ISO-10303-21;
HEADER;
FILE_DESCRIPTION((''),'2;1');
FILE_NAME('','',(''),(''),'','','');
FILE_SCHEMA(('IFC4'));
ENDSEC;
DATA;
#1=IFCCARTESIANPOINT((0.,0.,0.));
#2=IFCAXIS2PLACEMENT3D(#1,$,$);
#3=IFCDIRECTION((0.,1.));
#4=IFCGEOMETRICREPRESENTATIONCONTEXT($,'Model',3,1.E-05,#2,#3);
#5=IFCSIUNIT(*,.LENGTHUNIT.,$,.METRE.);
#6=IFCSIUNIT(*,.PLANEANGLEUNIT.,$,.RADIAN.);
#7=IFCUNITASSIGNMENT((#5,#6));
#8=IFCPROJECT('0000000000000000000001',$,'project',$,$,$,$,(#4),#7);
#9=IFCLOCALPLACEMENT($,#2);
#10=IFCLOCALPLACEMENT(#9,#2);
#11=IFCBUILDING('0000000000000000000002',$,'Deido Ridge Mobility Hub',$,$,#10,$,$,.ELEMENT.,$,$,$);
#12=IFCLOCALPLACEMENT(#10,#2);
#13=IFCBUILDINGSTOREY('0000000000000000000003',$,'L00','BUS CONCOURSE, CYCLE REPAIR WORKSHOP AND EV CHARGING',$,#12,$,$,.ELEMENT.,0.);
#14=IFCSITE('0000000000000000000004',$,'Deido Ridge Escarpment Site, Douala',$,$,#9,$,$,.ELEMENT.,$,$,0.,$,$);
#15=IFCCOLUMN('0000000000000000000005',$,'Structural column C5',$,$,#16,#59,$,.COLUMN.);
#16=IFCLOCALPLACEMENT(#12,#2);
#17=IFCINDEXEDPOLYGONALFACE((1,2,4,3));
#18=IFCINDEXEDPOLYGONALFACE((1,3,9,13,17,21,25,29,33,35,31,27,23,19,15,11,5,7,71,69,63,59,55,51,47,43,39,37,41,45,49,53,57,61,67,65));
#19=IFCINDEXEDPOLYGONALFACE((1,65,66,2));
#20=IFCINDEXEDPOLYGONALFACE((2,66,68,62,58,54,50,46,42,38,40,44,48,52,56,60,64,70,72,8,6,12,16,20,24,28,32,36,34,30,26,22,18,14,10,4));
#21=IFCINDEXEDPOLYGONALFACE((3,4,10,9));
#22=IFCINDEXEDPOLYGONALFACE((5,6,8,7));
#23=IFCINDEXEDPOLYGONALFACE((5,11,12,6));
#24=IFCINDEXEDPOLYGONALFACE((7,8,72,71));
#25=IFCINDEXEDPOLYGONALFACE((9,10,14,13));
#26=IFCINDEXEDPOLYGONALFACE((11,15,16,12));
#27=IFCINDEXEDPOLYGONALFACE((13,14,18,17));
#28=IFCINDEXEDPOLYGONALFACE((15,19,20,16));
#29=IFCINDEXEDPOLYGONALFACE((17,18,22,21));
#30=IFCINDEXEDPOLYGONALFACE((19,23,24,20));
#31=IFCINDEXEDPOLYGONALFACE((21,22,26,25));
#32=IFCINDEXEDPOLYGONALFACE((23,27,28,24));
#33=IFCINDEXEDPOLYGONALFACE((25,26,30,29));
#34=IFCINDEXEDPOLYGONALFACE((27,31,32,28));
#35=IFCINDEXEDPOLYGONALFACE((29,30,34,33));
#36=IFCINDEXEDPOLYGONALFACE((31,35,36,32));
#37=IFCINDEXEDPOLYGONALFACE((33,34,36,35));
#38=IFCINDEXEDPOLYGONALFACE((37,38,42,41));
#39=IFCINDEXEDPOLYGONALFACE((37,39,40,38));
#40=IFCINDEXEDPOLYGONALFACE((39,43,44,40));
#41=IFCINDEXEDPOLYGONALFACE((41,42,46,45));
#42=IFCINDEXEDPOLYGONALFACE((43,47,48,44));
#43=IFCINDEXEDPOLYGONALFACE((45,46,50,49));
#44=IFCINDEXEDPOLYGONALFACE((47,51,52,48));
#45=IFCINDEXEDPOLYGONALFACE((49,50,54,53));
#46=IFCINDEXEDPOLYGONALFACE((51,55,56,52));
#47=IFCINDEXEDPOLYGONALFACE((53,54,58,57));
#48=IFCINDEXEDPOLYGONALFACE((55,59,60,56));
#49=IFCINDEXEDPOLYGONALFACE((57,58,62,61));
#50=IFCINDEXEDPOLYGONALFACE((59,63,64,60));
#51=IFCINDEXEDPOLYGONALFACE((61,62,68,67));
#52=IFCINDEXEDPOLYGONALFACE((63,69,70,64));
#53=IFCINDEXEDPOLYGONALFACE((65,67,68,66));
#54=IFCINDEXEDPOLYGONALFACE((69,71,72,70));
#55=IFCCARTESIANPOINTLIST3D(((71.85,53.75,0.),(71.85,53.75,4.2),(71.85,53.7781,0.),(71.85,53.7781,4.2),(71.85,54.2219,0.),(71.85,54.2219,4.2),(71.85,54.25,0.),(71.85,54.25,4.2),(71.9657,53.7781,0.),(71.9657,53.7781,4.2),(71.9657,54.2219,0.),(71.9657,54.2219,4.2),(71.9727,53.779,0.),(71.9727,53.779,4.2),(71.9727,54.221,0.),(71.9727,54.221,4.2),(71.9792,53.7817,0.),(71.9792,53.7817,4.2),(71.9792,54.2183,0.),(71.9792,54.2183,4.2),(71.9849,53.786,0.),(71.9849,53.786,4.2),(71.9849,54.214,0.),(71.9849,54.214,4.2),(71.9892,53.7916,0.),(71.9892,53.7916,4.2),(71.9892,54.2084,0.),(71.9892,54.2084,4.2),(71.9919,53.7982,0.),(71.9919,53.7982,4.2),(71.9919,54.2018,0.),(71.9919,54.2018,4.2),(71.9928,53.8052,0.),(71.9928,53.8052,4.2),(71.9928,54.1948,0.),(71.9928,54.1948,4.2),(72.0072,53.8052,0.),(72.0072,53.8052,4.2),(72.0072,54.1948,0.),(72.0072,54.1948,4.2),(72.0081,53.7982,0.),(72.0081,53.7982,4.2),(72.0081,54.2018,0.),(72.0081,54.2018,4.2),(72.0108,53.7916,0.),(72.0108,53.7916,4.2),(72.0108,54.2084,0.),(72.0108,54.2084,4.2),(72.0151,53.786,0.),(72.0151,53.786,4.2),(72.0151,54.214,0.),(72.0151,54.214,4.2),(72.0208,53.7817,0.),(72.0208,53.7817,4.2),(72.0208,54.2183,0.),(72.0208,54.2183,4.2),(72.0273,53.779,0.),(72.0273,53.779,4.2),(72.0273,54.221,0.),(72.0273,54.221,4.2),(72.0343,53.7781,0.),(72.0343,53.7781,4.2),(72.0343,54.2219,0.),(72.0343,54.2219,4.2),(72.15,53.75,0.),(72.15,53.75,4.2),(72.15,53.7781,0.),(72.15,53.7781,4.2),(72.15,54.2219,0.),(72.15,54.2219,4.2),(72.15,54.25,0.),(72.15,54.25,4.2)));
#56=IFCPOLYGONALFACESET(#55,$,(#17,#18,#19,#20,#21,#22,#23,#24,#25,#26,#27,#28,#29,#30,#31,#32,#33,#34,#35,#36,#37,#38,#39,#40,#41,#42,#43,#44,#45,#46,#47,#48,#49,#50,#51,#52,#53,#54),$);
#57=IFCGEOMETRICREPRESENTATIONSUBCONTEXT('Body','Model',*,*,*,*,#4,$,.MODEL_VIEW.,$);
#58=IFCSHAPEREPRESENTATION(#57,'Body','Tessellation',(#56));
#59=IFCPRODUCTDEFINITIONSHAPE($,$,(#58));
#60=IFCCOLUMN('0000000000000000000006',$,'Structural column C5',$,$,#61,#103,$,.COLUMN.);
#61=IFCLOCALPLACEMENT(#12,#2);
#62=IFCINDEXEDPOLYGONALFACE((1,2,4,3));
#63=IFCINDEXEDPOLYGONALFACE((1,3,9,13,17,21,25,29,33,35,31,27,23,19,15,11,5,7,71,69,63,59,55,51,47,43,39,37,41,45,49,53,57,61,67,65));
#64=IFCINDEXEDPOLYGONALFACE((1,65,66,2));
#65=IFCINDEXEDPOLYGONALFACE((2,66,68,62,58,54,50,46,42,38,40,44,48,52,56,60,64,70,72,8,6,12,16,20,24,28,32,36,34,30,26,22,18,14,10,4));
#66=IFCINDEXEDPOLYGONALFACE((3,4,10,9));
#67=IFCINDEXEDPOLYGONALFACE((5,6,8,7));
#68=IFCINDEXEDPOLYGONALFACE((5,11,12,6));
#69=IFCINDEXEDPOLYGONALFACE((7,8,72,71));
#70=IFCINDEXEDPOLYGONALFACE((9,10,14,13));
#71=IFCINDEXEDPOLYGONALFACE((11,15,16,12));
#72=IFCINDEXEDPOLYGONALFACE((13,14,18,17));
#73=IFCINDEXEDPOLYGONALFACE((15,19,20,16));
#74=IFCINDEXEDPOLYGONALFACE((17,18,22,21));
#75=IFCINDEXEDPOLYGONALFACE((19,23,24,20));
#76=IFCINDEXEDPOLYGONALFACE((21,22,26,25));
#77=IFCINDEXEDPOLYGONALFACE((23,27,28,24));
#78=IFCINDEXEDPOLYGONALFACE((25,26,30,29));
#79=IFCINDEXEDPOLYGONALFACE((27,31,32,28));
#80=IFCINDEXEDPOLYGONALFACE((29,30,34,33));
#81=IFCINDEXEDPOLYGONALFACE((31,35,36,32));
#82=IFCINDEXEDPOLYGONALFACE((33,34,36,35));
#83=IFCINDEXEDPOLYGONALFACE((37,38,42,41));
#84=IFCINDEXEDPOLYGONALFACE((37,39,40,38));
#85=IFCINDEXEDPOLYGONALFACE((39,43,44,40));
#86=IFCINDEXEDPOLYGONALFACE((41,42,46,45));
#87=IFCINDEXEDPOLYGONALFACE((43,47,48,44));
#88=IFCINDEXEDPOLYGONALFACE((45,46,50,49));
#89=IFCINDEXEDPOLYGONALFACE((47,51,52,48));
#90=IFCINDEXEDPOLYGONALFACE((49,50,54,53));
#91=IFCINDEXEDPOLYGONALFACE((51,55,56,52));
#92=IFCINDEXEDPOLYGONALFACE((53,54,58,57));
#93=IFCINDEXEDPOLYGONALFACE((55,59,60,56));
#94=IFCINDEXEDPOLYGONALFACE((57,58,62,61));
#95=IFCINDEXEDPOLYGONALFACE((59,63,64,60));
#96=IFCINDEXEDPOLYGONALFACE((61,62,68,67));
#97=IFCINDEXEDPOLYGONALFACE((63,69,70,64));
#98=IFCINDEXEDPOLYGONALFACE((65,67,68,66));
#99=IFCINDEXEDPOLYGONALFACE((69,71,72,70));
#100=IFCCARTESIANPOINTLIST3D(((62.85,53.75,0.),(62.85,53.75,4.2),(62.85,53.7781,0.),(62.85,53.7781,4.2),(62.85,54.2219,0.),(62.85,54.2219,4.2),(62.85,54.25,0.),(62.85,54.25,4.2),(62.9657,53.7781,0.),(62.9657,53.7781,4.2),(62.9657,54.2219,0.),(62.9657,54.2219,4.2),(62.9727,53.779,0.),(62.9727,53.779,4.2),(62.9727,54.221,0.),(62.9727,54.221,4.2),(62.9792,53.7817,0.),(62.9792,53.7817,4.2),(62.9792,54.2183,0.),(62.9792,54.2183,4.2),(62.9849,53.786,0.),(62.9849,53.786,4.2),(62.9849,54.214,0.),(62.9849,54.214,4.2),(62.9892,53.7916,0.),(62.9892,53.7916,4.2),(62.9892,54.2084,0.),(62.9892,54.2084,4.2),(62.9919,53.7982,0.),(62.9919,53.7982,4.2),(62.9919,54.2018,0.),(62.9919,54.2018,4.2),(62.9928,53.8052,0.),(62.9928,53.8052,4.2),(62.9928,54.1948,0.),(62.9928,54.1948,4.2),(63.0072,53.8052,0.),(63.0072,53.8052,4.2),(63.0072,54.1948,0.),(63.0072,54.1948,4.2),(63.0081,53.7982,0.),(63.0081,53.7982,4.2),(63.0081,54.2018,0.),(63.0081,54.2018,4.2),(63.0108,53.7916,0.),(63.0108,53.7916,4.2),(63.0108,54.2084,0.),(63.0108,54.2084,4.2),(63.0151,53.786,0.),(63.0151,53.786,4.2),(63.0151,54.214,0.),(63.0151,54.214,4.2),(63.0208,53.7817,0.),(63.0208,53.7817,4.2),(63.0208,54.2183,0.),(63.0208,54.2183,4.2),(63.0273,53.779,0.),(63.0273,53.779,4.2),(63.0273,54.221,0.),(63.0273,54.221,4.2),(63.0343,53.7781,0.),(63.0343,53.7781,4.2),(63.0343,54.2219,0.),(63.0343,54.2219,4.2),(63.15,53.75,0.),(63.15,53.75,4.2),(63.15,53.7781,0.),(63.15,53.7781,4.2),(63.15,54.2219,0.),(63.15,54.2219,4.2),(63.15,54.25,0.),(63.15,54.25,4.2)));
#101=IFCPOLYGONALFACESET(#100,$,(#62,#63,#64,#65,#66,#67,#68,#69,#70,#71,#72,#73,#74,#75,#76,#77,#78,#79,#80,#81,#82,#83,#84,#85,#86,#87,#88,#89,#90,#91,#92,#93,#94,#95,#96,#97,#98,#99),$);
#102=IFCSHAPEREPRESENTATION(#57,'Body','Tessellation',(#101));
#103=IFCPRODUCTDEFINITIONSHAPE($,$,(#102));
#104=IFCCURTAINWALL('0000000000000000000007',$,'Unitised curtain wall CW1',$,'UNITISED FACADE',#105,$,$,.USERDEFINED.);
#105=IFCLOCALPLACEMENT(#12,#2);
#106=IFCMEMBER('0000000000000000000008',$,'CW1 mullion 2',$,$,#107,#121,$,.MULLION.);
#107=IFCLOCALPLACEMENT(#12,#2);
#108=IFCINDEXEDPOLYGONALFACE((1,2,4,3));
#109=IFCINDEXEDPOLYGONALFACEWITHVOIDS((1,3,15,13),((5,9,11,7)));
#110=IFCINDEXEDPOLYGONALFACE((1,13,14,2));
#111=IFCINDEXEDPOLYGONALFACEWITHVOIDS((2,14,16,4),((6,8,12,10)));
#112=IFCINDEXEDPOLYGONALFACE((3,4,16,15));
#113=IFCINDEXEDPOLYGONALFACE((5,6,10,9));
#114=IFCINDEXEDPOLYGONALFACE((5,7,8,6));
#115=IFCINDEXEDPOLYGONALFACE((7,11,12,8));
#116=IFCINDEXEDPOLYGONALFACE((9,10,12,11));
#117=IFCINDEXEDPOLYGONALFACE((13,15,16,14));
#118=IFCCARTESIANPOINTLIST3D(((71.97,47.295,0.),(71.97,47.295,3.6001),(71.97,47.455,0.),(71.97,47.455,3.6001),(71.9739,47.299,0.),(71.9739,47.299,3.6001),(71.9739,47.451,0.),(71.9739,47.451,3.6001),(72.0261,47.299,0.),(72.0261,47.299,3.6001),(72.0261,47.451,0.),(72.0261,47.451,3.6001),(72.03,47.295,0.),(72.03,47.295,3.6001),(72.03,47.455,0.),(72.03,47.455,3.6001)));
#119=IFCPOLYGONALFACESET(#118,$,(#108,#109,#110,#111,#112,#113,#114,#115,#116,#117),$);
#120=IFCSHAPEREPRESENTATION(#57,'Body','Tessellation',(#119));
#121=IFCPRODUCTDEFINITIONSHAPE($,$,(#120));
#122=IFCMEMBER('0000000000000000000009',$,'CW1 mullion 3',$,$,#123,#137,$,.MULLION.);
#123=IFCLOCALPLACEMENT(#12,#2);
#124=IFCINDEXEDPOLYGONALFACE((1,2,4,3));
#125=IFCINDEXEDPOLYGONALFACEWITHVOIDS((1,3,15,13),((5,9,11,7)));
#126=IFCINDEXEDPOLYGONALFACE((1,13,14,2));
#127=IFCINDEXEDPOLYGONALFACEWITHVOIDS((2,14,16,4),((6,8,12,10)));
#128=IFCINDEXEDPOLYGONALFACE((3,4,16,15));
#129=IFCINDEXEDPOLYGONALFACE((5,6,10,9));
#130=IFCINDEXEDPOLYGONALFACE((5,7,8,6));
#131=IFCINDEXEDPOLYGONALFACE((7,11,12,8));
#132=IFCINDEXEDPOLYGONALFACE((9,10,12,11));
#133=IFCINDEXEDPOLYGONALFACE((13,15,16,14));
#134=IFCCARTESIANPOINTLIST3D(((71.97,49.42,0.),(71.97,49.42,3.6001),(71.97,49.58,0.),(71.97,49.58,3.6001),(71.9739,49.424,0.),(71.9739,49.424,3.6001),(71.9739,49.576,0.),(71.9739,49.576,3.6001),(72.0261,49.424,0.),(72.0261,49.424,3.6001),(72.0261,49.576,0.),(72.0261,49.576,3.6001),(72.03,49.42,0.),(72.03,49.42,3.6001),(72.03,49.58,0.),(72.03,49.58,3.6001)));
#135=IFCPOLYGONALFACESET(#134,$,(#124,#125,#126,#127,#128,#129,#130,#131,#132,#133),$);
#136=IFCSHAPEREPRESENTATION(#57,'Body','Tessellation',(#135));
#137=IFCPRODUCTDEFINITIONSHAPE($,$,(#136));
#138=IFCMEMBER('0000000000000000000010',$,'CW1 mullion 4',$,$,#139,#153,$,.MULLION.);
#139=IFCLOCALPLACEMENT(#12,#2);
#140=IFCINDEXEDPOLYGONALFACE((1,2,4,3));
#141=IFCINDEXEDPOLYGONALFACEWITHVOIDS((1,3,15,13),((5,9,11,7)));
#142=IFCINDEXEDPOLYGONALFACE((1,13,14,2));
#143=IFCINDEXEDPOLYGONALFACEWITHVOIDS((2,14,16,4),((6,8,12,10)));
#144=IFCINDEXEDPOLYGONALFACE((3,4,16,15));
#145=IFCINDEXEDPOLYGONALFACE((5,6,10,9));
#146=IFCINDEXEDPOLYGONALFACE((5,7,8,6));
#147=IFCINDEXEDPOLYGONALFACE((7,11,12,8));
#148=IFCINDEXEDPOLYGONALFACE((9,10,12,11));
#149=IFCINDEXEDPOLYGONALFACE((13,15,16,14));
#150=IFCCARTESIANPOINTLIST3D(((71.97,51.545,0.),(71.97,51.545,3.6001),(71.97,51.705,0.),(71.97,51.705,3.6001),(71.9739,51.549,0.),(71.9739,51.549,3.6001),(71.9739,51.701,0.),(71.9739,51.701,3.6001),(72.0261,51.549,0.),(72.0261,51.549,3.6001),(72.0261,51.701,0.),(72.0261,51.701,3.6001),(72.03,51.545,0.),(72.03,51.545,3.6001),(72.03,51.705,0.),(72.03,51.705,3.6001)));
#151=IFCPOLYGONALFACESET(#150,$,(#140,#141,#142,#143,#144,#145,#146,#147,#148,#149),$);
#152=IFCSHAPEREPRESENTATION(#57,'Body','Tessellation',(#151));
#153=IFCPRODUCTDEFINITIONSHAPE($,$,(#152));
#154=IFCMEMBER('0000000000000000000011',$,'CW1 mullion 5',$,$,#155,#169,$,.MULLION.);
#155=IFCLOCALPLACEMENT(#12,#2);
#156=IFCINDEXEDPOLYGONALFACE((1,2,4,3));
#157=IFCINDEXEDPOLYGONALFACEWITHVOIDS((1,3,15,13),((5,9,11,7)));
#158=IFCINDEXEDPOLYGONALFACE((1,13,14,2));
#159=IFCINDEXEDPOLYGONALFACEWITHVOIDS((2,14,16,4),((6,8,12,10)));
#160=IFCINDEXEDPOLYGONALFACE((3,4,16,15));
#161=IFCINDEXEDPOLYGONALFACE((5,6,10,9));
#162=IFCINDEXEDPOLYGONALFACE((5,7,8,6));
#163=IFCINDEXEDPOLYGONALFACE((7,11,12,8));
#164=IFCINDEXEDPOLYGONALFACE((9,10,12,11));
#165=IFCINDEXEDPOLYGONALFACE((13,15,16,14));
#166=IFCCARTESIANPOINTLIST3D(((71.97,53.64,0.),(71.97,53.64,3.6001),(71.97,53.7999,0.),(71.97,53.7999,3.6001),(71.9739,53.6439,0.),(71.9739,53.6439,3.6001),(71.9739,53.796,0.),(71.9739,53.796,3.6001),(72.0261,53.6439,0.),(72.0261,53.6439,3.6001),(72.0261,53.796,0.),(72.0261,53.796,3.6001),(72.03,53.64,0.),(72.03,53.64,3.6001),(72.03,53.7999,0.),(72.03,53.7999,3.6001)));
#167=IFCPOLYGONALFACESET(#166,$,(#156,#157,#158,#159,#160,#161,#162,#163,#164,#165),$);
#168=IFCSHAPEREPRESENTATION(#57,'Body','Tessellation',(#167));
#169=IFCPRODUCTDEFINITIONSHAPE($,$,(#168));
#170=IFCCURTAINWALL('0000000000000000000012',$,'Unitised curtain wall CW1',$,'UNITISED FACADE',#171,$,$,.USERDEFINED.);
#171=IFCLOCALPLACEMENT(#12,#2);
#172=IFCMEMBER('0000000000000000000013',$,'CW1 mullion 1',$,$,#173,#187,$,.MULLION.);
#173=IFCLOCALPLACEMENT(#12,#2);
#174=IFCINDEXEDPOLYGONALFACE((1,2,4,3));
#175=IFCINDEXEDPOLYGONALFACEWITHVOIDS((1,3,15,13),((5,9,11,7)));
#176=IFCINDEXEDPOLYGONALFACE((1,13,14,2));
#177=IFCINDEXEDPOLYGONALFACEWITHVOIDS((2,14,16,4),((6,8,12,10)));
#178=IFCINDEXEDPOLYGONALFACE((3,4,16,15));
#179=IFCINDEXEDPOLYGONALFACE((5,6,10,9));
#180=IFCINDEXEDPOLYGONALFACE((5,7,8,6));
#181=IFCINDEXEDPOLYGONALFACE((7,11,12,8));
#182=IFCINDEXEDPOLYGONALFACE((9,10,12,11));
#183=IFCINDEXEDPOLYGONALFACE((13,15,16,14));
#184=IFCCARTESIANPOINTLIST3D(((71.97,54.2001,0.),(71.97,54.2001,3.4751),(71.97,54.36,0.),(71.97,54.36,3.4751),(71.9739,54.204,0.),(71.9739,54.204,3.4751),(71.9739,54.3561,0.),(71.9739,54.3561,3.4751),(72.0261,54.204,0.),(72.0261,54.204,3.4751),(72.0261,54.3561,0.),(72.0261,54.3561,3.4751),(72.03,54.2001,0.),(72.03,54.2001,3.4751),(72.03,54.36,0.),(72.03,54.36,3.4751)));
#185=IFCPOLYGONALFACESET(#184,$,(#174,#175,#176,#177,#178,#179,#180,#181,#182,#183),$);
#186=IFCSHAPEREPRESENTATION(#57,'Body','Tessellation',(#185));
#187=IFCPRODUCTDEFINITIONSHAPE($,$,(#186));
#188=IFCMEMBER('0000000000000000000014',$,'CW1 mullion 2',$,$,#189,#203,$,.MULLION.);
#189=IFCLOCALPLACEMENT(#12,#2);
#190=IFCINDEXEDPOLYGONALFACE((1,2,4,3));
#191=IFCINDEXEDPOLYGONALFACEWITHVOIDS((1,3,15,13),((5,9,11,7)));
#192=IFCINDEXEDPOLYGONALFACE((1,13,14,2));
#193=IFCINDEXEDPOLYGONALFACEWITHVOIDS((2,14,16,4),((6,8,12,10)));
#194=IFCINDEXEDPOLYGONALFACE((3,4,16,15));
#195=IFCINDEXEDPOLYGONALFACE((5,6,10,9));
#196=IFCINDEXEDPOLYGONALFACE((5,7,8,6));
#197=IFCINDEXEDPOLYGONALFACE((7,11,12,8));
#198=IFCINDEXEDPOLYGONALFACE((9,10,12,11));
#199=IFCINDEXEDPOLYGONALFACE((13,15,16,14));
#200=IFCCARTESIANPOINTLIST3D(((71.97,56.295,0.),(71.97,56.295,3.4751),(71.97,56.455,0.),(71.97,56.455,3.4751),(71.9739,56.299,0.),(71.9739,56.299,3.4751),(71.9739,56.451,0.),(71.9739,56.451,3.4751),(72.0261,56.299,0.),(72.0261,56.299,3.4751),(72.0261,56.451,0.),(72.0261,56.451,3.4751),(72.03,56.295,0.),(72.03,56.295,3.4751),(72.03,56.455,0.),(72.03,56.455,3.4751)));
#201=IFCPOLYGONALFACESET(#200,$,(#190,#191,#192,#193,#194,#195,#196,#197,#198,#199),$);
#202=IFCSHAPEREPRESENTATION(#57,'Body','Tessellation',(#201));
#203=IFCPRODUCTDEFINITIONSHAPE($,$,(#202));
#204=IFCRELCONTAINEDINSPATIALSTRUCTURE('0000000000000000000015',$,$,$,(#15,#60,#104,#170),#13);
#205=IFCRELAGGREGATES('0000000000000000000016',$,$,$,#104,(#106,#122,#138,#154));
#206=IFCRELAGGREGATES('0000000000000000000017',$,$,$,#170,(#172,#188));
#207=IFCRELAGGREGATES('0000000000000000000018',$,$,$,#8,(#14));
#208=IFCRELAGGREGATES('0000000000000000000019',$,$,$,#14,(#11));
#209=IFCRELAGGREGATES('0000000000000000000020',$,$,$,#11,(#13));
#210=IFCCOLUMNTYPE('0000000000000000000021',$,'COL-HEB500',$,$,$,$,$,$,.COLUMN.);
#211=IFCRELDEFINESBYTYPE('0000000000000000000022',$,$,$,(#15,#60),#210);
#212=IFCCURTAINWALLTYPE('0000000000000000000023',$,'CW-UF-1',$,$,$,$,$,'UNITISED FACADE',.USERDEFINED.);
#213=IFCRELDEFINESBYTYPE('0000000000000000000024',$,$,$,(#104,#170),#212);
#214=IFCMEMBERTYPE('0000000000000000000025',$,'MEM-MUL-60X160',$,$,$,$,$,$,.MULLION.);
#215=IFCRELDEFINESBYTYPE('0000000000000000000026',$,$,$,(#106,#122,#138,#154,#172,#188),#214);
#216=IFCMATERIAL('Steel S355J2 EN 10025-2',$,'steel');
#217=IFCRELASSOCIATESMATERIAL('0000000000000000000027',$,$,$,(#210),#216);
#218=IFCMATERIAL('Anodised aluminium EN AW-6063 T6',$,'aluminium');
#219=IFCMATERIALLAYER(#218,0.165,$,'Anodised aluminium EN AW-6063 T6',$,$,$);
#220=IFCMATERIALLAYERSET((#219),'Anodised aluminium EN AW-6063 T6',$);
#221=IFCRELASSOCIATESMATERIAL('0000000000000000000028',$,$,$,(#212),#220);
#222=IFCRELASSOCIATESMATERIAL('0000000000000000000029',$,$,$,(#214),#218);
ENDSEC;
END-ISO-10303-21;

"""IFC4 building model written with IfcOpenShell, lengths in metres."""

from ifc_helpers import new_model, si_unit, direction, frame, origin, origin_2d, place, context, subcontext, project, spatial, hollow_rectangle, i_section, extrude, material, layer, layer_set, material_profile, profile_set, type_object, element, aggregate, save


model = new_model("IFC4")

# Units and contexts
model_context = context("Model", 3, precision=1e-05, world=origin(), true_north=direction((0.0, 1.0)))
body_context = subcontext(model_context, "Body", "Model", "MODEL_VIEW")
ifc_project = project(units=[si_unit("LENGTHUNIT", "METRE"), si_unit("PLANEANGLEUNIT", "RADIAN")], contexts=[model_context])

# Site, building, storey
site_placement = place(None, origin())
site = spatial("IfcSite", under=ifc_project, at=site_placement, Name="Deido Ridge Escarpment Site, Douala", CompositionType="ELEMENT", RefElevation=0.0)
building_placement = place(site_placement, origin())
building = spatial("IfcBuilding", under=site, at=building_placement, Name="Deido Ridge Mobility Hub", CompositionType="ELEMENT")
storey_placement = place(building_placement, origin())
storey = spatial("IfcBuildingStorey", under=building, at=storey_placement, Name="L00", Description="BUS CONCOURSE, CYCLE REPAIR WORKSHOP AND EV CHARGING", CompositionType="ELEMENT", Elevation=0.0)

# Columns
ifc_material_1 = material(Name="Steel S355J2 EN 10025-2", Category="steel")
ifc_material_profile_1 = material_profile(ifc_material_1, i_section(OverallWidth=0.3, OverallDepth=0.5, WebThickness=0.0144, FlangeThickness=0.0281, FilletRadius=0.0271, at=origin_2d()), Name="HEB 500")
ifc_profile_set_1 = profile_set([ifc_material_profile_1], Name="Steel S355J2 EN 10025-2")
column_type = type_object("IfcColumnType", Name="COL-HEB500", PredefinedType="COLUMN", material=ifc_profile_set_1)
for number, where, z_axis, x_axis, name in (
    (1, (72.0, 54.0, 0.0), (0.0, 0.0, 1.0), (1.0, 0.0, 0.0), "Structural column C5"),
    (2, (63.0, 54.0, 0.0), (0.0, 0.0, 1.0), (1.0, 0.0, 0.0), "Structural column C5"),
):
    element("IfcColumn", number, at=place(storey_placement, frame(where, z_axis=z_axis, x_axis=x_axis)), inside=storey, type_object=column_type, Name=name, PredefinedType="COLUMN", context=body_context, shape_type="SweptSolid", body=[
        extrude(i_section(OverallWidth=0.3, OverallDepth=0.5, WebThickness=0.0144, FlangeThickness=0.0281, FilletRadius=0.0271, at=origin_2d()), origin(), (0.0, 0.0, 1.0), 4.2),
    ])

# Curtain walls, members
ifc_material_2 = material(Name="Anodised aluminium EN AW-6063 T6", Category="aluminium")
ifc_layer_1 = layer(ifc_material_2, 0.165, Name="Anodised aluminium EN AW-6063 T6")
ifc_layer_set_1 = layer_set([ifc_layer_1], Name="Anodised aluminium EN AW-6063 T6")
curtain_wall_type = type_object("IfcCurtainWallType", Name="CW-UF-1", ElementType="UNITISED FACADE", PredefinedType="USERDEFINED", material=ifc_layer_set_1)
curtain_wall_1_placement = place(storey_placement, origin())
curtain_wall_1 = element("IfcCurtainWall", 3, at=curtain_wall_1_placement, inside=storey, type_object=curtain_wall_type, Name="Unitised curtain wall CW1", ObjectType="UNITISED FACADE", PredefinedType="USERDEFINED")
ifc_material_profile_2 = material_profile(ifc_material_2, hollow_rectangle(XDim=0.0601, YDim=0.1599, WallThickness=0.0039, at=origin_2d()), Name="RHS 60x160x4")
ifc_profile_set_2 = profile_set([ifc_material_profile_2], Name="Anodised aluminium EN AW-6063 T6")
member_type_1 = type_object("IfcMemberType", Name="MEM-MUL-60X160", PredefinedType="MULLION", material=ifc_profile_set_2)
member_1_placement = place(storey_placement, frame((72.0, 47.375, 0.0), z_axis=(0.0, 0.0, 1.0), x_axis=(-1.0, 0.0, 0.0)))
member_1 = element("IfcMember", 4, at=member_1_placement, type_object=member_type_1, Name="CW1 mullion 2", PredefinedType="MULLION", context=body_context, shape_type="SweptSolid", body=[
    extrude(hollow_rectangle(XDim=0.0601, YDim=0.1599, WallThickness=0.0039, at=origin_2d()), origin(), (0.0, 0.0, 1.0), 3.6001),
])
member_2_placement = place(storey_placement, frame((72.0, 49.5, 0.0), z_axis=(0.0, 0.0, 1.0), x_axis=(-1.0, 0.0, 0.0)))
member_2 = element("IfcMember", 5, at=member_2_placement, type_object=member_type_1, Name="CW1 mullion 3", PredefinedType="MULLION", context=body_context, shape_type="SweptSolid", body=[
    extrude(hollow_rectangle(XDim=0.0601, YDim=0.1599, WallThickness=0.0039, at=origin_2d()), origin(), (0.0, 0.0, 1.0), 3.6001),
])
member_3_placement = place(storey_placement, frame((72.0, 51.625, 0.0), z_axis=(0.0, 0.0, 1.0), x_axis=(-1.0, 0.0, 0.0)))
member_3 = element("IfcMember", 6, at=member_3_placement, type_object=member_type_1, Name="CW1 mullion 4", PredefinedType="MULLION", context=body_context, shape_type="SweptSolid", body=[
    extrude(hollow_rectangle(XDim=0.0601, YDim=0.1599, WallThickness=0.0039, at=origin_2d()), origin(), (0.0, 0.0, 1.0), 3.6001),
])
member_4_placement = place(storey_placement, frame((72.0, 53.72, 0.0), z_axis=(0.0, 0.0, 1.0), x_axis=(-1.0, 0.0, 0.0)))
member_4 = element("IfcMember", 7, at=member_4_placement, type_object=member_type_1, Name="CW1 mullion 5", PredefinedType="MULLION", context=body_context, shape_type="SweptSolid", body=[
    extrude(hollow_rectangle(XDim=0.0601, YDim=0.1599, WallThickness=0.0039, at=origin_2d()), origin(), (0.0, 0.0, 1.0), 3.6001),
])
curtain_wall_2_placement = place(storey_placement, origin())
curtain_wall_2 = element("IfcCurtainWall", 8, at=curtain_wall_2_placement, inside=storey, type_object=curtain_wall_type, Name="Unitised curtain wall CW1", ObjectType="UNITISED FACADE", PredefinedType="USERDEFINED")
member_5_placement = place(storey_placement, frame((72.0, 54.28, 0.0), z_axis=(0.0, 0.0, 1.0), x_axis=(-1.0, 0.0, 0.0)))
member_5 = element("IfcMember", 9, at=member_5_placement, type_object=member_type_1, Name="CW1 mullion 1", PredefinedType="MULLION", context=body_context, shape_type="SweptSolid", body=[
    extrude(hollow_rectangle(XDim=0.0601, YDim=0.1599, WallThickness=0.0039, at=origin_2d()), origin(), (0.0, 0.0, 1.0), 3.4751),
])
member_6_placement = place(storey_placement, frame((72.0, 56.375, 0.0), z_axis=(0.0, 0.0, 1.0), x_axis=(-1.0, 0.0, 0.0)))
member_6 = element("IfcMember", 10, at=member_6_placement, type_object=member_type_1, Name="CW1 mullion 2", PredefinedType="MULLION", context=body_context, shape_type="SweptSolid", body=[
    extrude(hollow_rectangle(XDim=0.0601, YDim=0.1599, WallThickness=0.0039, at=origin_2d()), origin(), (0.0, 0.0, 1.0), 3.4751),
])

aggregate(curtain_wall_1, [member_1, member_2, member_3, member_4])
aggregate(curtain_wall_2, [member_5, member_6])

save(model, "model.ifc")
